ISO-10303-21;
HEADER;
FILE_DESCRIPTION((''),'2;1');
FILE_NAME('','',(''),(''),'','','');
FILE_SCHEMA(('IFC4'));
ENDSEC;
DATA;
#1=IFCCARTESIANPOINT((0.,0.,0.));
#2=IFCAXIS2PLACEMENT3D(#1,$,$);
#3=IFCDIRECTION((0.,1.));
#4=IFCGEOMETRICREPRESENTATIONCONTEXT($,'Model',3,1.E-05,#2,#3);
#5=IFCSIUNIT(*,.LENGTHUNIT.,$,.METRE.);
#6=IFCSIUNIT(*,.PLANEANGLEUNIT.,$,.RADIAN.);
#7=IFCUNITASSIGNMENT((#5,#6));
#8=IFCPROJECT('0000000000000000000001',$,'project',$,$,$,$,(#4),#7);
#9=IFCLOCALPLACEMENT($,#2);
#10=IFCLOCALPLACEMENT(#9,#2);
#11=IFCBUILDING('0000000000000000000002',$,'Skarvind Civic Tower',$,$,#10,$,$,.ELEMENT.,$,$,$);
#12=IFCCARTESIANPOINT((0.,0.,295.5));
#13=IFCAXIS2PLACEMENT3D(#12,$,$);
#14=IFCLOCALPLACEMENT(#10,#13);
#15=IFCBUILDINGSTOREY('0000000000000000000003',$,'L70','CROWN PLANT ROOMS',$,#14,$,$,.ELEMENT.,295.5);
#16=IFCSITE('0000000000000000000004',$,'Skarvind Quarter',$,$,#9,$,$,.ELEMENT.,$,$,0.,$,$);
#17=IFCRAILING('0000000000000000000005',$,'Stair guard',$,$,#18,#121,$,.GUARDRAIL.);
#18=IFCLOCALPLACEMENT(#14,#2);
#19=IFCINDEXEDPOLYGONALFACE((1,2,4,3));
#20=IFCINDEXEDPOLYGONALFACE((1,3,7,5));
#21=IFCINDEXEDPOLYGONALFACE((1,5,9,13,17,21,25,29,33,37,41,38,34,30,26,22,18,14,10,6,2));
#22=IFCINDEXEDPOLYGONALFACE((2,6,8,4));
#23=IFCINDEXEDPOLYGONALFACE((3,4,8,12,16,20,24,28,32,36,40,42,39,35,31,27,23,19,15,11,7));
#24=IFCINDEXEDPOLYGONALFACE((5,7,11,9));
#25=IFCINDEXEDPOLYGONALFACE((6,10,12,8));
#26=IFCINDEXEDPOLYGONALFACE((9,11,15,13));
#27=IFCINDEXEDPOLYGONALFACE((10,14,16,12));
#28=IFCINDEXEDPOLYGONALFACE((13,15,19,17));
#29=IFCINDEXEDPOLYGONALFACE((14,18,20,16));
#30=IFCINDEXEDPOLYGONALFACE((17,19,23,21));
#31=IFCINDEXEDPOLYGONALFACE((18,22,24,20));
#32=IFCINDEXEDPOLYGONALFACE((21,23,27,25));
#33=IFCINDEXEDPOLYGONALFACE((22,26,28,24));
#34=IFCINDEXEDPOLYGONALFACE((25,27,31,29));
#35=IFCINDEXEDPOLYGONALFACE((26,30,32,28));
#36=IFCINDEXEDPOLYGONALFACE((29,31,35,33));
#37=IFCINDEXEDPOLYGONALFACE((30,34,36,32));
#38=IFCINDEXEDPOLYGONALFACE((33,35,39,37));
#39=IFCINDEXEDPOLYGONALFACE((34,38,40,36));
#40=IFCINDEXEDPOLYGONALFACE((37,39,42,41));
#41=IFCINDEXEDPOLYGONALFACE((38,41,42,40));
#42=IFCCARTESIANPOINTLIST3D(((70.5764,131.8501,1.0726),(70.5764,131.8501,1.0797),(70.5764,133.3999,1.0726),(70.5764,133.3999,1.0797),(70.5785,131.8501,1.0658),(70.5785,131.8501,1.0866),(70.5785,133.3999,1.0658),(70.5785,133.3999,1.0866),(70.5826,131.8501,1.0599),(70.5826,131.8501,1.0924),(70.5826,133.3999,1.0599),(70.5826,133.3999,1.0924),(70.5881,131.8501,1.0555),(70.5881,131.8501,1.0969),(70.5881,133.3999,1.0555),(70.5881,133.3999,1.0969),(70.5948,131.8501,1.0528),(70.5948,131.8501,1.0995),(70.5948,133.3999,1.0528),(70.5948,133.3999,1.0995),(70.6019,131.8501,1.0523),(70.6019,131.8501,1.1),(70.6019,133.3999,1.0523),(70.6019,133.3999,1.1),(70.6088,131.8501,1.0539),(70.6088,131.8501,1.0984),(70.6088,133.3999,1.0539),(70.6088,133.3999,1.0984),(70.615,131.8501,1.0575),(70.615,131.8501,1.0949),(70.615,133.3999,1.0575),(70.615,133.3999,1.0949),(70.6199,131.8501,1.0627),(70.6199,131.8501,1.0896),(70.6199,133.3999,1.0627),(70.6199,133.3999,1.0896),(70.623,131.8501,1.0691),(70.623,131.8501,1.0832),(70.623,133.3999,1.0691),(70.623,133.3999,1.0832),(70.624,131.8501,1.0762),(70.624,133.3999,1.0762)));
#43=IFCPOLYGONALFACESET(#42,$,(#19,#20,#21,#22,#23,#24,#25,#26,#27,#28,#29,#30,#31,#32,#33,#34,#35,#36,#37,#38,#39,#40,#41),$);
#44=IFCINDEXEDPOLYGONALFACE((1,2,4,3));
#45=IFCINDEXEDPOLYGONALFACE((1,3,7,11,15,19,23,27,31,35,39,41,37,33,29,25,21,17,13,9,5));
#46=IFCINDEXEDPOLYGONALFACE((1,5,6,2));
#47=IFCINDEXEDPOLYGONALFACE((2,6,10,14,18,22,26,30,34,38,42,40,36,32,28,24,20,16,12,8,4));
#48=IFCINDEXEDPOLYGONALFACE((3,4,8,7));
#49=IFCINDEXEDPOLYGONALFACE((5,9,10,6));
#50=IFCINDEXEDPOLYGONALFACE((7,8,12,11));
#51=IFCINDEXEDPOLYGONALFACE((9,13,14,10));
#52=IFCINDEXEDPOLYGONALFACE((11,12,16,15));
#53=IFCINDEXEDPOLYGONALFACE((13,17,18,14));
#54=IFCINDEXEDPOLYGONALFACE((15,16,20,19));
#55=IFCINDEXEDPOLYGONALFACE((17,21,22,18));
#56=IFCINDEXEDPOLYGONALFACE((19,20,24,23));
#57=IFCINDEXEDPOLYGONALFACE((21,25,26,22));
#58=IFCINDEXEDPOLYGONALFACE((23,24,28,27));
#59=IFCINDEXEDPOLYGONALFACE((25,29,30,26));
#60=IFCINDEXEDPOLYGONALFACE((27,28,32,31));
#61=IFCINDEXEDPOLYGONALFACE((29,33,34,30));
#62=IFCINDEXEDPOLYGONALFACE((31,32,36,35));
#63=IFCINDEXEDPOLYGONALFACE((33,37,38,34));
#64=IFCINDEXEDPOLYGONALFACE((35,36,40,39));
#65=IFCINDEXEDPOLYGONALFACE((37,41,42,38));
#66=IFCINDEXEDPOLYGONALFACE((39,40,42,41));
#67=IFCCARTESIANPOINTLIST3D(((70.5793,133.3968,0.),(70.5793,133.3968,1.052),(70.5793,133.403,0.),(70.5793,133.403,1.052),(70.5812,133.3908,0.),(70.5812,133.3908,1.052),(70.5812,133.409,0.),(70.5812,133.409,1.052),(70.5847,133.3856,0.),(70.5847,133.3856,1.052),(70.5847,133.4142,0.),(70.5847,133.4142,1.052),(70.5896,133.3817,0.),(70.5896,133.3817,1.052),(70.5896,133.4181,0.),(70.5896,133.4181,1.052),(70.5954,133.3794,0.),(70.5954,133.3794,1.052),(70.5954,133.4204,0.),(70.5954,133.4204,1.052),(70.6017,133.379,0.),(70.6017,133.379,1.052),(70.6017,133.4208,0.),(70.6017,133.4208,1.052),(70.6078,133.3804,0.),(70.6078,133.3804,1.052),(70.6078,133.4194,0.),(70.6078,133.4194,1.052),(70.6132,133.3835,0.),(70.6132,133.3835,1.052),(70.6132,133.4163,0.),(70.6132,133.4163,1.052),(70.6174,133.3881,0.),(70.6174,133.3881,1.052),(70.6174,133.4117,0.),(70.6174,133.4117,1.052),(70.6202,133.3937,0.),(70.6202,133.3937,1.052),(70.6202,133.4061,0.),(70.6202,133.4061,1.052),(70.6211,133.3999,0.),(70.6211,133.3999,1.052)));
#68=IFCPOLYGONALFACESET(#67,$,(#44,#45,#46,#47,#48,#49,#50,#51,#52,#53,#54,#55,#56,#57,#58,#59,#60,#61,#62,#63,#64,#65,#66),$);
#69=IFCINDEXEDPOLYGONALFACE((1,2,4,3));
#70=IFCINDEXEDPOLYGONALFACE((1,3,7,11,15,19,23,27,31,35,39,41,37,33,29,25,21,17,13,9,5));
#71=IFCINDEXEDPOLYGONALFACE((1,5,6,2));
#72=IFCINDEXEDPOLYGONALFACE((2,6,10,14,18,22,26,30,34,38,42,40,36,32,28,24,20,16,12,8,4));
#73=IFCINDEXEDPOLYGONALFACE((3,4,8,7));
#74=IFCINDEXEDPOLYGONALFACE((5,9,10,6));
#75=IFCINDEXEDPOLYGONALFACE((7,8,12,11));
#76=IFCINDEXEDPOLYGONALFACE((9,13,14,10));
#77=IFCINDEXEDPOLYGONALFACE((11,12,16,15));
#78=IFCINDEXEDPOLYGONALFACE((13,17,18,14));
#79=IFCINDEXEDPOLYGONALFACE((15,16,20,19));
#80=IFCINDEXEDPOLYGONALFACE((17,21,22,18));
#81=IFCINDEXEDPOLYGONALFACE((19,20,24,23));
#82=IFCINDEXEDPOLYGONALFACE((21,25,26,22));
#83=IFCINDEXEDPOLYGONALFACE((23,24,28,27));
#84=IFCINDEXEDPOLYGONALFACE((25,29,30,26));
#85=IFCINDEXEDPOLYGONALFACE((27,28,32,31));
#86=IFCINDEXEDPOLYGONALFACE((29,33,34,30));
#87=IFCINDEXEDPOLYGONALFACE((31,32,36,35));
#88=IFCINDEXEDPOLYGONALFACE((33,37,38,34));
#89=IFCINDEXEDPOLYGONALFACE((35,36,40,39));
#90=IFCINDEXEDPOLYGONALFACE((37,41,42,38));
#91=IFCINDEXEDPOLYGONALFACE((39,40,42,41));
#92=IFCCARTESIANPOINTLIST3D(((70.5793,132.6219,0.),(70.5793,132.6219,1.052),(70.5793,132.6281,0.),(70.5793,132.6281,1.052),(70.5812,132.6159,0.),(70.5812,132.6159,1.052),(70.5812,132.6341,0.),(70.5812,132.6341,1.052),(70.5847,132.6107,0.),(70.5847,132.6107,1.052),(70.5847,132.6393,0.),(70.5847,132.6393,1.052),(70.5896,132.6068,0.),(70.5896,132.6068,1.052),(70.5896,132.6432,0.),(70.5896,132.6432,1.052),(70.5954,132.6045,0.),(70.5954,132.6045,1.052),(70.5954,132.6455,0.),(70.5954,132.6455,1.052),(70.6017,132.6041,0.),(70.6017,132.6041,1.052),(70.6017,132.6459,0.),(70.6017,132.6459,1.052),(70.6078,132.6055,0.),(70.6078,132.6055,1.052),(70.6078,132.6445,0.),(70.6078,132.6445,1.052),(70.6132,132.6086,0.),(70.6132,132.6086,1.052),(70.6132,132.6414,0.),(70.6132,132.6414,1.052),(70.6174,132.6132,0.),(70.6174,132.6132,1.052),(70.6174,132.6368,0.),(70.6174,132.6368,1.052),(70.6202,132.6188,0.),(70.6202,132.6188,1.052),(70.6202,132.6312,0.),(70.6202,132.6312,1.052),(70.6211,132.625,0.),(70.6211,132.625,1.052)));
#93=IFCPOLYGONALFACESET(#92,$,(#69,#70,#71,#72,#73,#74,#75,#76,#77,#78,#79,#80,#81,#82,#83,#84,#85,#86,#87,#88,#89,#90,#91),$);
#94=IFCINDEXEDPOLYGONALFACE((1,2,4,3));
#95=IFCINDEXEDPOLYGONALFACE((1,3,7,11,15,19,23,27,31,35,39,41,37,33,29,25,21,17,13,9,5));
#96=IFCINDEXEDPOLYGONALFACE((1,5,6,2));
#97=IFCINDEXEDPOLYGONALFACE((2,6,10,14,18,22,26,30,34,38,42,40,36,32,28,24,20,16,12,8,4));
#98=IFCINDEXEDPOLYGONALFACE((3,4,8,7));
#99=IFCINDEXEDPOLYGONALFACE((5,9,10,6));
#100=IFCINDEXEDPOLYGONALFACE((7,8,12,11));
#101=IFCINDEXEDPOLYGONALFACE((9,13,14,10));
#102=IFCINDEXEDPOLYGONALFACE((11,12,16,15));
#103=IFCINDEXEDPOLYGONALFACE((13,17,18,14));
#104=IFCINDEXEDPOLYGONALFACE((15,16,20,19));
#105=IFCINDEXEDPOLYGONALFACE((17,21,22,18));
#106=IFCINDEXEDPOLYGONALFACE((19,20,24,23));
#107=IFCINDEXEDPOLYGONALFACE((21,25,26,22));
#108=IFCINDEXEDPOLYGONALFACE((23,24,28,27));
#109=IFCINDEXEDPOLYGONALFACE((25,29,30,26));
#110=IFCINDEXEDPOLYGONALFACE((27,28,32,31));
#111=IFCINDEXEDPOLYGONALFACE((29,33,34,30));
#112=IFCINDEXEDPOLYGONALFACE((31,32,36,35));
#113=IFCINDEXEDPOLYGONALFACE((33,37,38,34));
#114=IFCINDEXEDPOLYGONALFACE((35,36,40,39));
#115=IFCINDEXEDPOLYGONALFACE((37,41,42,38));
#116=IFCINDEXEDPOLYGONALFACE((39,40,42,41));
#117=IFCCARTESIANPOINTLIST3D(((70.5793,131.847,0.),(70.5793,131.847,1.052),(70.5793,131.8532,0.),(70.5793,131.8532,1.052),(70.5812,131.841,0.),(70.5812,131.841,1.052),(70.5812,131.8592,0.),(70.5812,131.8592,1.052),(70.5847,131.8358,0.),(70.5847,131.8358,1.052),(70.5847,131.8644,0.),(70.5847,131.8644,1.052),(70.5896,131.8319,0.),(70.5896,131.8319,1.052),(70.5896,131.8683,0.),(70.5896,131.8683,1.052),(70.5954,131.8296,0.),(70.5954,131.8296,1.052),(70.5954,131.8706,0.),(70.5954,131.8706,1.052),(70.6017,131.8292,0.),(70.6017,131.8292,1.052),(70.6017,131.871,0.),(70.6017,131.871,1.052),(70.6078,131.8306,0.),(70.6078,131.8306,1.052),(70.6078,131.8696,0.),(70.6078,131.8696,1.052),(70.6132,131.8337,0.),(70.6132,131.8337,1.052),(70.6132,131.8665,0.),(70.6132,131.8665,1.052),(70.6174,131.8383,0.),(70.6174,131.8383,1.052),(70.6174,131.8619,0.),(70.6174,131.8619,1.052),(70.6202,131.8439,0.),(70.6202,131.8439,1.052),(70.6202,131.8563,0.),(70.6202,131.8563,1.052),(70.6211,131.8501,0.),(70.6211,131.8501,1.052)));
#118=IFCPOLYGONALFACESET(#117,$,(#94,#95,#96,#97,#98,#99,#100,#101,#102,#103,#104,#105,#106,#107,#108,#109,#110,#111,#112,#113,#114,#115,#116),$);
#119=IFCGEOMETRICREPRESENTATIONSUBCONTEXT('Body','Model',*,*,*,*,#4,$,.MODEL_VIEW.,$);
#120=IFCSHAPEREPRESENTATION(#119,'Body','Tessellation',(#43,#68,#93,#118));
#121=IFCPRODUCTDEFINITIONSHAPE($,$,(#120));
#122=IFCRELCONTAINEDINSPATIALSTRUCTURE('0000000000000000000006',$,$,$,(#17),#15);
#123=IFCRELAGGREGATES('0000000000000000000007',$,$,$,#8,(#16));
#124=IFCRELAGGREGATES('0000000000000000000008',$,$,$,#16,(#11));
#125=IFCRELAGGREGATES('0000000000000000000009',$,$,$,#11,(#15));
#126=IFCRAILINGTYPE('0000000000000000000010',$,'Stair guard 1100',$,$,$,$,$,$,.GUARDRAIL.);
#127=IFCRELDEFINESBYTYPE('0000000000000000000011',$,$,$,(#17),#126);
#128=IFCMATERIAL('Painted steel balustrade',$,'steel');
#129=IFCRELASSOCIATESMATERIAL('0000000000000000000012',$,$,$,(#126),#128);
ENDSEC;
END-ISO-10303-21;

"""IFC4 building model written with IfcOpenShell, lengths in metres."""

from ifc_helpers import new_model, si_unit, direction, frame, origin, origin_2d, place, context, subcontext, project, spatial, circle, extrude, material, type_object, element, save


model = new_model("IFC4")

# Units and contexts
model_context = context("Model", 3, precision=1e-05, world=origin(), true_north=direction((0.0, 1.0)))
body_context = subcontext(model_context, "Body", "Model", "MODEL_VIEW")
ifc_project = project(units=[si_unit("LENGTHUNIT", "METRE"), si_unit("PLANEANGLEUNIT", "RADIAN")], contexts=[model_context])

# Site, building, storey
site_placement = place(None, origin())
site = spatial("IfcSite", under=ifc_project, at=site_placement, Name="Skarvind Quarter", CompositionType="ELEMENT", RefElevation=0.0)
building_placement = place(site_placement, origin())
building = spatial("IfcBuilding", under=site, at=building_placement, Name="Skarvind Civic Tower", CompositionType="ELEMENT")
storey_placement = place(building_placement, frame((0.0, 0.0, 295.5)))
storey = spatial("IfcBuildingStorey", under=building, at=storey_placement, Name="L70", Description="CROWN PLANT ROOMS", CompositionType="ELEMENT", Elevation=295.5)

# Railing
ifc_material_1 = material(Name="Painted steel balustrade", Category="steel")
railing_type = type_object("IfcRailingType", Name="Stair guard 1100", PredefinedType="GUARDRAIL", material=ifc_material_1)
railing_placement = place(storey_placement, frame((70.6001, 133.3999, 0.0)))
element("IfcRailing", 1, at=railing_placement, inside=storey, type_object=railing_type, Name="Stair guard", PredefinedType="GUARDRAIL", context=body_context, shape_type="SweptSolid", body=[
    extrude(circle(Radius=0.0239, at=origin_2d()), frame((0.0, 0.0, 1.0762), z_axis=(0.0, -1.0, 0.0), x_axis=(1.0, 0.0, 0.0)), (0.0, 0.0, 1.0), 1.5498),
    extrude(circle(Radius=0.021, at=origin_2d()), origin(), (0.0, 0.0, 1.0), 1.052),
    extrude(circle(Radius=0.021, at=origin_2d()), frame((0.0, -0.7749, 0.0)), (0.0, 0.0, 1.0), 1.052),
    extrude(circle(Radius=0.021, at=origin_2d()), frame((0.0, -1.5498, 0.0)), (0.0, 0.0, 1.0), 1.052),
])

save(model, "model.ifc")
